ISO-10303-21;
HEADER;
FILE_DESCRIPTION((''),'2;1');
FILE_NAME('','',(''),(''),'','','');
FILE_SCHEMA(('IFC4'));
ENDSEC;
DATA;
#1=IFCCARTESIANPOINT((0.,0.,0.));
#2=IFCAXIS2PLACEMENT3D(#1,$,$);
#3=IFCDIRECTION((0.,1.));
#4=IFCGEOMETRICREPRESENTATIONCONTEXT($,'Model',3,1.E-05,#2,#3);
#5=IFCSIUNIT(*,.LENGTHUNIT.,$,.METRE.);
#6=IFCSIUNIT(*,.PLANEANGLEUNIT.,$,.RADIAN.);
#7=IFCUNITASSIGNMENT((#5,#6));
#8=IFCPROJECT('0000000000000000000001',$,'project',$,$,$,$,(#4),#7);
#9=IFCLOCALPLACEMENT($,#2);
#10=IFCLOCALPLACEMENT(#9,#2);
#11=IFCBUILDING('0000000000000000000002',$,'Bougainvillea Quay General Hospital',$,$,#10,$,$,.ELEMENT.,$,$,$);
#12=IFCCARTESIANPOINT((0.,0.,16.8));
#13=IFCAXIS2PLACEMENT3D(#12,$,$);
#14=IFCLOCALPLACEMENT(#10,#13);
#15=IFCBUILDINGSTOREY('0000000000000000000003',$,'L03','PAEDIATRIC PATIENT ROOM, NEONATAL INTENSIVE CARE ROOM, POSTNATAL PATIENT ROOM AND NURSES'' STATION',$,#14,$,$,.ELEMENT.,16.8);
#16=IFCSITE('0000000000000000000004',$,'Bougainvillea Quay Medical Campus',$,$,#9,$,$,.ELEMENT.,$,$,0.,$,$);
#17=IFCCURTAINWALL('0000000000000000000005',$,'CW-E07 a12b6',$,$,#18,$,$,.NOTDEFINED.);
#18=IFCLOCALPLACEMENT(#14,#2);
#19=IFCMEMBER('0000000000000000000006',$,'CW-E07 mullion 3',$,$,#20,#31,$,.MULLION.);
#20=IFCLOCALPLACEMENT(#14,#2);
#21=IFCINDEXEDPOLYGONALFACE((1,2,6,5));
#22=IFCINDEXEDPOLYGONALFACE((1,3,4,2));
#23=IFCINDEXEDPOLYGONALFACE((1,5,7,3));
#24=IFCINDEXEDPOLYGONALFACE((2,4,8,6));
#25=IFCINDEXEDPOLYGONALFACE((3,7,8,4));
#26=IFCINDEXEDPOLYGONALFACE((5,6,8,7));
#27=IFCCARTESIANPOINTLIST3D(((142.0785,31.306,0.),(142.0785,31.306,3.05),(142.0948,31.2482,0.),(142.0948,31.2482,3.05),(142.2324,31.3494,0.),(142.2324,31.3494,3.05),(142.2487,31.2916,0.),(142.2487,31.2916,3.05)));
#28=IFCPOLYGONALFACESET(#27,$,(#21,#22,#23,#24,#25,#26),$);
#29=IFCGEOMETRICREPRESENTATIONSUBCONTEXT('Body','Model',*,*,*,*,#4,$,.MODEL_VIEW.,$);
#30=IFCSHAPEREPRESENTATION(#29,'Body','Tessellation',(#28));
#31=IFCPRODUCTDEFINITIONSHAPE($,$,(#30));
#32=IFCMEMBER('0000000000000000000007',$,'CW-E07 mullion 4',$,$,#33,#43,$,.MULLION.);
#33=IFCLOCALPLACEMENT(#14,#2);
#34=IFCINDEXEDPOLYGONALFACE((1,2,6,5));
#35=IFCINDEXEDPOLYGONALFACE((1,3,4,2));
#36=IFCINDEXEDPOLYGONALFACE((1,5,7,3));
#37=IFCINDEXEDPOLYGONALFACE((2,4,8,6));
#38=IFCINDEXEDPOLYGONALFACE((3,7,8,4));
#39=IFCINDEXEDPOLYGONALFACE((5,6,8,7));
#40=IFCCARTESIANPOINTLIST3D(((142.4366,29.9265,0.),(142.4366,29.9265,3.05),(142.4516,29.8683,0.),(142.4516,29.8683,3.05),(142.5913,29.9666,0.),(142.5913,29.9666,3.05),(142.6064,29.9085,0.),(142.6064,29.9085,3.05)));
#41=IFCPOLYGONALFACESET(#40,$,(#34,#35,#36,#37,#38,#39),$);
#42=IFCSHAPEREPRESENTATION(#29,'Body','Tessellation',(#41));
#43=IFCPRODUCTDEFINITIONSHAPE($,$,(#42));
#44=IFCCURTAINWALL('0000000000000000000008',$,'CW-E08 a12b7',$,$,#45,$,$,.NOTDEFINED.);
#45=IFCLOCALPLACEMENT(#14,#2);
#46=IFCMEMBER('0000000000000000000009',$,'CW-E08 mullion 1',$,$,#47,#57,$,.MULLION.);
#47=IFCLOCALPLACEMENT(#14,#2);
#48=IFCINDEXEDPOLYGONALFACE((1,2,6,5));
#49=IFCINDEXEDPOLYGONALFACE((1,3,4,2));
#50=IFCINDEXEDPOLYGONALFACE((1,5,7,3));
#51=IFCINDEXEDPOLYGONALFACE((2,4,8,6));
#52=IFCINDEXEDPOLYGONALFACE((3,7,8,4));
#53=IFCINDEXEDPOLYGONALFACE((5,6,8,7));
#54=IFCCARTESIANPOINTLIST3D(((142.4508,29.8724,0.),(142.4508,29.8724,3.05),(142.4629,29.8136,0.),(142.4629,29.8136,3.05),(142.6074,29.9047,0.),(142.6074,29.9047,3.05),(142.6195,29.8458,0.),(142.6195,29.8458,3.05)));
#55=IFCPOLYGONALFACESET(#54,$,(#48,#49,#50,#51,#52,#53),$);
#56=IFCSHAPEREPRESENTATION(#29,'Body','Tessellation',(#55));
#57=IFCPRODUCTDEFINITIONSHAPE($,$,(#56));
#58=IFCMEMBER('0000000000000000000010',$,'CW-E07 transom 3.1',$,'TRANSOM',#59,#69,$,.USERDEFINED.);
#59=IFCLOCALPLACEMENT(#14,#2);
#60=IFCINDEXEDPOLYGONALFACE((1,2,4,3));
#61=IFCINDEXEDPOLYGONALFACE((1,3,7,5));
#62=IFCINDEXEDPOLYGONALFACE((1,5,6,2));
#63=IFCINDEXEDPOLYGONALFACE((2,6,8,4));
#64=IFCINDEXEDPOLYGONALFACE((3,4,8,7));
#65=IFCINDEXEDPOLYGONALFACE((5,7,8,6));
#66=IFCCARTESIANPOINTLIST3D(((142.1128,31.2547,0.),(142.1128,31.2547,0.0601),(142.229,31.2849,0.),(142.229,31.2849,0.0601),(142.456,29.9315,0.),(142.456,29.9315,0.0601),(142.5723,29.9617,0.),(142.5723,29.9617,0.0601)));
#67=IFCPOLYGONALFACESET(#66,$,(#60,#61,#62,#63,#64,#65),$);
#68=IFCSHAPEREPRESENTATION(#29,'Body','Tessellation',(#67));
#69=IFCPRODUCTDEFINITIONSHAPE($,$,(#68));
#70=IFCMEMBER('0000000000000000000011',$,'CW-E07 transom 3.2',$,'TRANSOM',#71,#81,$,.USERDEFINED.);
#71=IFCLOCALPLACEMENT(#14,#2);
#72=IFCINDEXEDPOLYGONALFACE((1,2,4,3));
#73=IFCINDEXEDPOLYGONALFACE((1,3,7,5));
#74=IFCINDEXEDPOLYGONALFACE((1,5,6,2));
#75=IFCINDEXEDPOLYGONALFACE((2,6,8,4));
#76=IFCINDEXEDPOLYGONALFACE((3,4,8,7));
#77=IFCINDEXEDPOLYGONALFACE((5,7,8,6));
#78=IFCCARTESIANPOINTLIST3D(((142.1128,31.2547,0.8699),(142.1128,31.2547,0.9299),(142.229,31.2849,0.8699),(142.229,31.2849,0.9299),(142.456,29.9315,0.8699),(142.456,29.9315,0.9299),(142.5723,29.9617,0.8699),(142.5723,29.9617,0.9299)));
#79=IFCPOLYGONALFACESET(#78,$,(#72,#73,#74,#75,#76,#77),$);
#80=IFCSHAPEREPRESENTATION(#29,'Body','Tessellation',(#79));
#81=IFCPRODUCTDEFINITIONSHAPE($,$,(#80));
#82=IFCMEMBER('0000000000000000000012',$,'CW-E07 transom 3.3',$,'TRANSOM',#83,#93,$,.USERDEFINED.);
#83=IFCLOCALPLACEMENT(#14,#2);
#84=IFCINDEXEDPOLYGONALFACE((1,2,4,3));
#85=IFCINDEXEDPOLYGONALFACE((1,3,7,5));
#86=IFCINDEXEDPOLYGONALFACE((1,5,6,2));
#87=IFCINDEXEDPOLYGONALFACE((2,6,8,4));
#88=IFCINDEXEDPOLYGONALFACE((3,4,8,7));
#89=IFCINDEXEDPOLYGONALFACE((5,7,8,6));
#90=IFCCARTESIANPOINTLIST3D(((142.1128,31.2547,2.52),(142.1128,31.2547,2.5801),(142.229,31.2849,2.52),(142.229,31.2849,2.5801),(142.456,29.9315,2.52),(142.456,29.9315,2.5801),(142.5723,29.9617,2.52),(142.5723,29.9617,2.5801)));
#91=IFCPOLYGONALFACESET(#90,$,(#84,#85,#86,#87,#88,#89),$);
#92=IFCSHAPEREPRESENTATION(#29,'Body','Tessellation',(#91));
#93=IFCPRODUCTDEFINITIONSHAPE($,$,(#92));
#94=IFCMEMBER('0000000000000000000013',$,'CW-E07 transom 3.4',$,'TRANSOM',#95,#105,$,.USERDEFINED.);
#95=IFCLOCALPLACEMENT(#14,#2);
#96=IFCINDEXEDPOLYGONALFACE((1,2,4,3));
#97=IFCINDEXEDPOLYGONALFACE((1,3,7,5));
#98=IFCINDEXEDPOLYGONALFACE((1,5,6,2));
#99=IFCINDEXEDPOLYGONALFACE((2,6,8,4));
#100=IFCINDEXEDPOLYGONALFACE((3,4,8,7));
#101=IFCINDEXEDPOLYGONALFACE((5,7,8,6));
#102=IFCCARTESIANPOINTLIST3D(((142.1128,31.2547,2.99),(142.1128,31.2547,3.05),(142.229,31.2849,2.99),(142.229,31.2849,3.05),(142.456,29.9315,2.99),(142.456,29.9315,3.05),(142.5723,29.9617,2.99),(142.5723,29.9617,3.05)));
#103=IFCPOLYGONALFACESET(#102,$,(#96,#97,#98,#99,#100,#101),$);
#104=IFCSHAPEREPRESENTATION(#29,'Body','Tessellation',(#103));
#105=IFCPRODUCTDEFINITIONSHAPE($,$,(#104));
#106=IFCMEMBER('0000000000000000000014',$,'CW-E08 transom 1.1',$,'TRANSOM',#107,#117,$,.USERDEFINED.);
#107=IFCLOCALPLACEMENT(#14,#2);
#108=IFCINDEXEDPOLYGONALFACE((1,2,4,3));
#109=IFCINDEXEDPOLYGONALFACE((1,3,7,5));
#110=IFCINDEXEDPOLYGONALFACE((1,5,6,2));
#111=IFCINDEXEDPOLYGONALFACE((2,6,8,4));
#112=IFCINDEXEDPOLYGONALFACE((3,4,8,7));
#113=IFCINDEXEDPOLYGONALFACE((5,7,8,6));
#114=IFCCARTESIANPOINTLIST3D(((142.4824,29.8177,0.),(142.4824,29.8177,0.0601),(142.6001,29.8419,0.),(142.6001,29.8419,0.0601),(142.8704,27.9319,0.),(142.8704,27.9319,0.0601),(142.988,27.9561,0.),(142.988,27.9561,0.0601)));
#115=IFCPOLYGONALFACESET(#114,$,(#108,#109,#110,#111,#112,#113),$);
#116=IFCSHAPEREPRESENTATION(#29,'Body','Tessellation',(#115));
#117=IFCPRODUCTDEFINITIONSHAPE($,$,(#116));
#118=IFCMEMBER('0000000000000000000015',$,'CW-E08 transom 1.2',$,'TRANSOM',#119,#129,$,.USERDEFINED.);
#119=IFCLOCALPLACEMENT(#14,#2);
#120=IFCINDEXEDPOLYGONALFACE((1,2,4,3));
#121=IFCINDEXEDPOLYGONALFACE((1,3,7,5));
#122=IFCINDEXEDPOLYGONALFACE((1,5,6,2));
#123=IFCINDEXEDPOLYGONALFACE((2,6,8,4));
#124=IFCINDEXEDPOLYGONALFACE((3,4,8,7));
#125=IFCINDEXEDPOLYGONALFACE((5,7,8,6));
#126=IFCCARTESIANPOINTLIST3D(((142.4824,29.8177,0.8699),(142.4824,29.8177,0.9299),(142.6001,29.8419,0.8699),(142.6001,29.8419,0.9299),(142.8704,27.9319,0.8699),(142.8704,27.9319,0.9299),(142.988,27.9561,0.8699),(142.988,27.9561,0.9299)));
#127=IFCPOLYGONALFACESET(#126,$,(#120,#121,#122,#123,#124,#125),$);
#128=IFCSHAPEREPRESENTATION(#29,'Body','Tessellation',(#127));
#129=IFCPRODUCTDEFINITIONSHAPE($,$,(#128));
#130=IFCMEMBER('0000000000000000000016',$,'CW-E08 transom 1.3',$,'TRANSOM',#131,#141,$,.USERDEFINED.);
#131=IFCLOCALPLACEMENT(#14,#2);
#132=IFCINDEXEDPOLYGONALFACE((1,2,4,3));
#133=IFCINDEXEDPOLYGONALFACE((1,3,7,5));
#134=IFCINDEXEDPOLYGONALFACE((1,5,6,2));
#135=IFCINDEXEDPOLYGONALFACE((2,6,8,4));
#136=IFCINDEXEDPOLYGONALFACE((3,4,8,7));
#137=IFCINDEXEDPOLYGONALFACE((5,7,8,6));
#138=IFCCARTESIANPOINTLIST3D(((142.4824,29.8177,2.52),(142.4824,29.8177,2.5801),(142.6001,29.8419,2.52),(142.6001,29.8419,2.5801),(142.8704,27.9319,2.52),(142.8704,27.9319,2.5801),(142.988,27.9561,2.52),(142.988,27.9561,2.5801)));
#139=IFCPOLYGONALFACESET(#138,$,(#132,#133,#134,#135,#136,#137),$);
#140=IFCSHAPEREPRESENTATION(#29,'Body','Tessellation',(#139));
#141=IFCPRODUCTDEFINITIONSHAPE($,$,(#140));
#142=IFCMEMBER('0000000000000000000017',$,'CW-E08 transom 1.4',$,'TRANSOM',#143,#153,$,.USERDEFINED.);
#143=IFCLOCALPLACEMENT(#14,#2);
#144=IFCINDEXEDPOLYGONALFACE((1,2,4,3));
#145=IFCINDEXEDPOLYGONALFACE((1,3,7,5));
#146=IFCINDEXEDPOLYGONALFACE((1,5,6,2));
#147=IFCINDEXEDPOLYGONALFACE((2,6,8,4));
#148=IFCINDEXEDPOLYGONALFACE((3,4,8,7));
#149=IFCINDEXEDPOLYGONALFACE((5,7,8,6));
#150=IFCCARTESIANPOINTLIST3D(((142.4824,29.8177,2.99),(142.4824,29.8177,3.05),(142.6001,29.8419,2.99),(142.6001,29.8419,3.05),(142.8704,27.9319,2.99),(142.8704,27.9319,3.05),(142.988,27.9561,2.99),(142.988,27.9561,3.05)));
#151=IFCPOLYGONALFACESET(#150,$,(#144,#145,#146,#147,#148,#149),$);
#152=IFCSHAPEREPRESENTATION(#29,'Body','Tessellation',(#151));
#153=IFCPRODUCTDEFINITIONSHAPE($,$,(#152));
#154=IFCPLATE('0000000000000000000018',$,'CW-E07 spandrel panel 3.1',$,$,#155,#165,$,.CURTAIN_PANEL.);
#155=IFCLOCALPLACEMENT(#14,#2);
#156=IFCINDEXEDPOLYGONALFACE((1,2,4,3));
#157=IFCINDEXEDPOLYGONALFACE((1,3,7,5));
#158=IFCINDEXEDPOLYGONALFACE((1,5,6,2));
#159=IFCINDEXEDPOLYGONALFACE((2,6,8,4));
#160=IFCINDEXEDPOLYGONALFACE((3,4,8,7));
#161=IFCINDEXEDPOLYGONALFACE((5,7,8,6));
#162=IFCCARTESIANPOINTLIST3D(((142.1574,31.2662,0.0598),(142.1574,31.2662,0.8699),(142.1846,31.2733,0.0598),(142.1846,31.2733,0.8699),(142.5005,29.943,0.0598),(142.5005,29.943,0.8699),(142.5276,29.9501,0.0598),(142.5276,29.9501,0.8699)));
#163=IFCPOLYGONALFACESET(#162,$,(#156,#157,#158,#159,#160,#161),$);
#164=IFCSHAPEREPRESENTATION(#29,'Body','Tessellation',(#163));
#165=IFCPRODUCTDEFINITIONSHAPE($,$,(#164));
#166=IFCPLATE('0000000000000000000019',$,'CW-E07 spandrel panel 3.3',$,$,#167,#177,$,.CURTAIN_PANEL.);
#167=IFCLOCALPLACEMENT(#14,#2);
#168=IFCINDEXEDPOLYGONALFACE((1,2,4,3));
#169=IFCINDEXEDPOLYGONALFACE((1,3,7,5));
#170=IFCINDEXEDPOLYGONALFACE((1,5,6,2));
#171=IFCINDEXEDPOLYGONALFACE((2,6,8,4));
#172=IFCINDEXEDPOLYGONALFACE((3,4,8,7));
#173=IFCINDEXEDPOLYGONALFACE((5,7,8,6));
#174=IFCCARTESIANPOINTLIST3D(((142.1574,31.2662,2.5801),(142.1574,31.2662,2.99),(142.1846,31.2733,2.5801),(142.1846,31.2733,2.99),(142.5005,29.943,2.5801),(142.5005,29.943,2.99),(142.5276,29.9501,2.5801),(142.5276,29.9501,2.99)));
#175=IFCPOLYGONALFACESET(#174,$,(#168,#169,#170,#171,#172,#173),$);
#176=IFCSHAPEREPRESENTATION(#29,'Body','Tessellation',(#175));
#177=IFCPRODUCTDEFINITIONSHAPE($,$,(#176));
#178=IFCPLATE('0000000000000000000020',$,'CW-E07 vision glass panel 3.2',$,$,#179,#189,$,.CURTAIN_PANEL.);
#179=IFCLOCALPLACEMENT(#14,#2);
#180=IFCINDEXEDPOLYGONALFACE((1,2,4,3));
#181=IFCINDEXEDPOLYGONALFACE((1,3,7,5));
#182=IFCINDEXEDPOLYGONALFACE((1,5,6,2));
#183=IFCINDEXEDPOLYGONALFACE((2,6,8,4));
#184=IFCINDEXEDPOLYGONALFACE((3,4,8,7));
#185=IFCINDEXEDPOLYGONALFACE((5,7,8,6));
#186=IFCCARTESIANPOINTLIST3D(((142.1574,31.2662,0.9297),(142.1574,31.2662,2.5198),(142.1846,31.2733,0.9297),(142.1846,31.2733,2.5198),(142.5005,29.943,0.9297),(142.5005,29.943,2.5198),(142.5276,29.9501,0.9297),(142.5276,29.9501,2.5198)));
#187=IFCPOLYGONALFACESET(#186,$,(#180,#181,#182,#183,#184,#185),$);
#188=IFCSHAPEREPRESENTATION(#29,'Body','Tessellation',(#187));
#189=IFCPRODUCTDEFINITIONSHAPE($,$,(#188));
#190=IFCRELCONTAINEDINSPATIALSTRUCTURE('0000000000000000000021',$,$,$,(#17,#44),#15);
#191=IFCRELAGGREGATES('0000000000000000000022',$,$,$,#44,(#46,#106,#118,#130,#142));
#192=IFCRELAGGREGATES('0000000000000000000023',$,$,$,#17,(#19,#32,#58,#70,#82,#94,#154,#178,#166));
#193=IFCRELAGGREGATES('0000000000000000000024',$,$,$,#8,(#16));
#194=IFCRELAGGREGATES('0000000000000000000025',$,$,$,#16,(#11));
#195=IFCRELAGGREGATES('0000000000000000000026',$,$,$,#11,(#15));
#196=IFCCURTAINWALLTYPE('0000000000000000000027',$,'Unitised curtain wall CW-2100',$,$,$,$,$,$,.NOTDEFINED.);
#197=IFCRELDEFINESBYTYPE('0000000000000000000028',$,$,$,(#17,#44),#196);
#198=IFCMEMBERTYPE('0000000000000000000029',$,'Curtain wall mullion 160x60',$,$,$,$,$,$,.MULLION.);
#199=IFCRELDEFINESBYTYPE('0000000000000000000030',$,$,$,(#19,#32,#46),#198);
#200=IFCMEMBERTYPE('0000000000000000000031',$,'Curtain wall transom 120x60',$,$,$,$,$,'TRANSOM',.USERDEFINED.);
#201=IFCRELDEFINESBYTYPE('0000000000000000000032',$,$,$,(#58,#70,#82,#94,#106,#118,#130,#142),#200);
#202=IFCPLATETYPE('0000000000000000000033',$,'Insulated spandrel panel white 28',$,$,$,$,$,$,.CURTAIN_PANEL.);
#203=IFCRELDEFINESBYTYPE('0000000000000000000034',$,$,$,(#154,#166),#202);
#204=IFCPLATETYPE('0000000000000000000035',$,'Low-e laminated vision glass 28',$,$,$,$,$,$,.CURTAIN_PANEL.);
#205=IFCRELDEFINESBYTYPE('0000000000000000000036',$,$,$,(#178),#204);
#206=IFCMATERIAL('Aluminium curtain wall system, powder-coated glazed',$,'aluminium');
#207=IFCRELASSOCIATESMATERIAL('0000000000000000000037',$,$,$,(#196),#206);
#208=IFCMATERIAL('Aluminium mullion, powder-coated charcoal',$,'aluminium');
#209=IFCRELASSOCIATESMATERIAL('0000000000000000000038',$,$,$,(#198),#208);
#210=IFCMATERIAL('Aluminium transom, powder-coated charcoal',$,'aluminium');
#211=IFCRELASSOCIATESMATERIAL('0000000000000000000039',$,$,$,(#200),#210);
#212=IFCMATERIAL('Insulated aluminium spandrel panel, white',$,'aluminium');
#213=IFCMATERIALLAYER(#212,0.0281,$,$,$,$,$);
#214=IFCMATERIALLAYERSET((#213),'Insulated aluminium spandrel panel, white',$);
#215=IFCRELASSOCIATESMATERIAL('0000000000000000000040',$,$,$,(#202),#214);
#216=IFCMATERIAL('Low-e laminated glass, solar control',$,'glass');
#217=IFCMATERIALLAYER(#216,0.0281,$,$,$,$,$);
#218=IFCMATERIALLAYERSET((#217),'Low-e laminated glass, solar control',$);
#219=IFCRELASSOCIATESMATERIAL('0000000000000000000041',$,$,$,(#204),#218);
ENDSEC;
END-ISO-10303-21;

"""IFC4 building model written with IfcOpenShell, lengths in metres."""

from ifc_helpers import new_model, si_unit, direction, frame, origin, origin_2d, place, context, subcontext, project, spatial, rectangle, extrude, material, layer, layer_set, material_profile, profile_set, type_object, element, aggregate, save


model = new_model("IFC4")

# Units and contexts
model_context = context("Model", 3, precision=1e-05, world=origin(), true_north=direction((0.0, 1.0)))
body_context = subcontext(model_context, "Body", "Model", "MODEL_VIEW")
ifc_project = project(units=[si_unit("LENGTHUNIT", "METRE"), si_unit("PLANEANGLEUNIT", "RADIAN")], contexts=[model_context])

# Site, building, storey
site_placement = place(None, origin())
site = spatial("IfcSite", under=ifc_project, at=site_placement, Name="Bougainvillea Quay Medical Campus", CompositionType="ELEMENT", RefElevation=0.0)
building_placement = place(site_placement, origin())
building = spatial("IfcBuilding", under=site, at=building_placement, Name="Bougainvillea Quay General Hospital", CompositionType="ELEMENT")
storey_placement = place(building_placement, frame((0.0, 0.0, 16.8)))
storey = spatial("IfcBuildingStorey", under=building, at=storey_placement, Name="L03", Description="PAEDIATRIC PATIENT ROOM, NEONATAL INTENSIVE CARE ROOM, POSTNATAL PATIENT ROOM AND NURSES' STATION", CompositionType="ELEMENT", Elevation=16.8)

# Curtain wall, members
ifc_material_1 = material(Name="Aluminium curtain wall system, powder-coated glazed", Category="aluminium")
curtain_wall_type = type_object("IfcCurtainWallType", Name="Unitised curtain wall CW-2100", PredefinedType="NOTDEFINED", material=ifc_material_1)
curtain_wall_1_placement = place(storey_placement, origin())
curtain_wall_1 = element("IfcCurtainWall", 1, at=curtain_wall_1_placement, inside=storey, type_object=curtain_wall_type, Name="CW-E07 a12b6", PredefinedType="NOTDEFINED")
ifc_material_2 = material(Name="Aluminium mullion, powder-coated charcoal", Category="aluminium")
ifc_material_profile_1 = material_profile(ifc_material_2, rectangle(XDim=0.1599, YDim=0.0601, at=origin_2d()))
ifc_profile_set_1 = profile_set([ifc_material_profile_1], Name="Aluminium mullion, powder-coated charcoal")
member_type_1 = type_object("IfcMemberType", Name="Curtain wall mullion 160x60", PredefinedType="MULLION", material=ifc_profile_set_1)
member_1_placement = place(storey_placement, frame((142.1636, 31.2988, 0.0), z_axis=(0.0, 0.0, 1.0), x_axis=(0.962439, 0.271496, 0.0)))
member_1 = element("IfcMember", 2, at=member_1_placement, type_object=member_type_1, Name="CW-E07 mullion 3", PredefinedType="MULLION", context=body_context, shape_type="SweptSolid", body=[
    extrude(rectangle(XDim=0.1599, YDim=0.0601, at=origin_2d()), origin(), (0.0, 0.0, 1.0), 3.05),
])
member_2_placement = place(storey_placement, frame((142.5215, 29.9175, 0.0), z_axis=(0.0, 0.0, 1.0), x_axis=(0.967996, 0.250966, 0.0)))
member_2 = element("IfcMember", 3, at=member_2_placement, type_object=member_type_1, Name="CW-E07 mullion 4", PredefinedType="MULLION", context=body_context, shape_type="SweptSolid", body=[
    extrude(rectangle(XDim=0.1599, YDim=0.0601, at=origin_2d()), origin(), (0.0, 0.0, 1.0), 3.05),
])

# Curtain wall, member
curtain_wall_2_placement = place(storey_placement, origin())
curtain_wall_2 = element("IfcCurtainWall", 4, at=curtain_wall_2_placement, inside=storey, type_object=curtain_wall_type, Name="CW-E08 a12b7", PredefinedType="NOTDEFINED")
member_3_placement = place(storey_placement, frame((142.5352, 29.8591, 0.0), z_axis=(0.0, 0.0, 1.0), x_axis=(0.979469, 0.201595, 0.0)))
member_3 = element("IfcMember", 5, at=member_3_placement, type_object=member_type_1, Name="CW-E08 mullion 1", PredefinedType="MULLION", context=body_context, shape_type="SweptSolid", body=[
    extrude(rectangle(XDim=0.1599, YDim=0.0601, at=origin_2d()), origin(), (0.0, 0.0, 1.0), 3.05),
])

# Members
ifc_material_3 = material(Name="Aluminium transom, powder-coated charcoal", Category="aluminium")
ifc_material_profile_2 = material_profile(ifc_material_3, rectangle(XDim=0.1201, YDim=0.0601, at=origin_2d()))
ifc_profile_set_2 = profile_set([ifc_material_profile_2], Name="Aluminium transom, powder-coated charcoal")
member_type_2 = type_object("IfcMemberType", Name="Curtain wall transom 120x60", ElementType="TRANSOM", PredefinedType="USERDEFINED", material=ifc_profile_set_2)
member_4_placement = place(storey_placement, frame((142.1709, 31.2698, 0.03), z_axis=(0.251099, -0.967962, 0.0), x_axis=(0.967962, 0.251099, 0.0)))
member_4 = element("IfcMember", 6, at=member_4_placement, type_object=member_type_2, Name="CW-E07 transom 3.1", ObjectType="TRANSOM", PredefinedType="USERDEFINED", context=body_context, shape_type="SweptSolid", body=[
    extrude(rectangle(XDim=0.1201, YDim=0.0601, at=origin_2d()), origin(), (0.0, 0.0, 1.0), 1.3669),
])
member_5_placement = place(storey_placement, frame((142.1709, 31.2698, 0.8999), z_axis=(0.251099, -0.967962, 0.0), x_axis=(0.967962, 0.251099, 0.0)))
member_5 = element("IfcMember", 7, at=member_5_placement, type_object=member_type_2, Name="CW-E07 transom 3.2", ObjectType="TRANSOM", PredefinedType="USERDEFINED", context=body_context, shape_type="SweptSolid", body=[
    extrude(rectangle(XDim=0.1201, YDim=0.0601, at=origin_2d()), origin(), (0.0, 0.0, 1.0), 1.3669),
])
member_6_placement = place(storey_placement, frame((142.1709, 31.2698, 2.55), z_axis=(0.251099, -0.967962, 0.0), x_axis=(0.967962, 0.251099, 0.0)))
member_6 = element("IfcMember", 8, at=member_6_placement, type_object=member_type_2, Name="CW-E07 transom 3.3", ObjectType="TRANSOM", PredefinedType="USERDEFINED", context=body_context, shape_type="SweptSolid", body=[
    extrude(rectangle(XDim=0.1201, YDim=0.0601, at=origin_2d()), origin(), (0.0, 0.0, 1.0), 1.3669),
])
member_7_placement = place(storey_placement, frame((142.1709, 31.2698, 3.02), z_axis=(0.251099, -0.967962, 0.0), x_axis=(0.967962, 0.251099, 0.0)))
member_7 = element("IfcMember", 9, at=member_7_placement, type_object=member_type_2, Name="CW-E07 transom 3.4", ObjectType="TRANSOM", PredefinedType="USERDEFINED", context=body_context, shape_type="SweptSolid", body=[
    extrude(rectangle(XDim=0.1201, YDim=0.0601, at=origin_2d()), origin(), (0.0, 0.0, 1.0), 1.3669),
])
member_8_placement = place(storey_placement, frame((142.5413, 29.8298, 0.03), z_axis=(0.201503, -0.979488, 0.0), x_axis=(0.979488, 0.201503, 0.0)))
member_8 = element("IfcMember", 10, at=member_8_placement, type_object=member_type_2, Name="CW-E08 transom 1.1", ObjectType="TRANSOM", PredefinedType="USERDEFINED", context=body_context, shape_type="SweptSolid", body=[
    extrude(rectangle(XDim=0.1201, YDim=0.0601, at=origin_2d()), origin(), (0.0, 0.0, 1.0), 1.9253),
])
member_9_placement = place(storey_placement, frame((142.5413, 29.8298, 0.8999), z_axis=(0.201503, -0.979488, 0.0), x_axis=(0.979488, 0.201503, 0.0)))
member_9 = element("IfcMember", 11, at=member_9_placement, type_object=member_type_2, Name="CW-E08 transom 1.2", ObjectType="TRANSOM", PredefinedType="USERDEFINED", context=body_context, shape_type="SweptSolid", body=[
    extrude(rectangle(XDim=0.1201, YDim=0.0601, at=origin_2d()), origin(), (0.0, 0.0, 1.0), 1.9253),
])
member_10_placement = place(storey_placement, frame((142.5413, 29.8298, 2.55), z_axis=(0.201503, -0.979488, 0.0), x_axis=(0.979488, 0.201503, 0.0)))
member_10 = element("IfcMember", 12, at=member_10_placement, type_object=member_type_2, Name="CW-E08 transom 1.3", ObjectType="TRANSOM", PredefinedType="USERDEFINED", context=body_context, shape_type="SweptSolid", body=[
    extrude(rectangle(XDim=0.1201, YDim=0.0601, at=origin_2d()), origin(), (0.0, 0.0, 1.0), 1.9253),
])
member_11_placement = place(storey_placement, frame((142.5413, 29.8298, 3.02), z_axis=(0.201503, -0.979488, 0.0), x_axis=(0.979488, 0.201503, 0.0)))
member_11 = element("IfcMember", 13, at=member_11_placement, type_object=member_type_2, Name="CW-E08 transom 1.4", ObjectType="TRANSOM", PredefinedType="USERDEFINED", context=body_context, shape_type="SweptSolid", body=[
    extrude(rectangle(XDim=0.1201, YDim=0.0601, at=origin_2d()), origin(), (0.0, 0.0, 1.0), 1.9253),
])
aggregate(curtain_wall_2, [member_3, member_8, member_9, member_10, member_11])

# Plates
ifc_material_4 = material(Name="Insulated aluminium spandrel panel, white", Category="aluminium")
ifc_layer_1 = layer(ifc_material_4, 0.0281)
ifc_layer_set_1 = layer_set([ifc_layer_1], Name="Insulated aluminium spandrel panel, white")
plate_type_1 = type_object("IfcPlateType", Name="Insulated spandrel panel white 28", PredefinedType="CURTAIN_PANEL", material=ifc_layer_set_1)
plate_1_placement = place(storey_placement, frame((142.3425, 30.6082, 0.0598), z_axis=(0.0, 0.0, 1.0), x_axis=(0.250966, -0.967996, 0.0)))
plate_1 = element("IfcPlate", 14, at=plate_1_placement, type_object=plate_type_1, Name="CW-E07 spandrel panel 3.1", PredefinedType="CURTAIN_PANEL", context=body_context, shape_type="SweptSolid", body=[
    extrude(rectangle(XDim=1.3669, YDim=0.0281, at=origin_2d()), origin(), (0.0, 0.0, 1.0), 0.8101),
])
plate_2_placement = place(storey_placement, frame((142.3425, 30.6082, 2.5801), z_axis=(0.0, 0.0, 1.0), x_axis=(0.250966, -0.967996, 0.0)))
plate_2 = element("IfcPlate", 15, at=plate_2_placement, type_object=plate_type_1, Name="CW-E07 spandrel panel 3.3", PredefinedType="CURTAIN_PANEL", context=body_context, shape_type="SweptSolid", body=[
    extrude(rectangle(XDim=1.3669, YDim=0.0281, at=origin_2d()), origin(), (0.0, 0.0, 1.0), 0.4099),
])
ifc_material_5 = material(Name="Low-e laminated glass, solar control", Category="glass")
ifc_layer_2 = layer(ifc_material_5, 0.0281)
ifc_layer_set_2 = layer_set([ifc_layer_2], Name="Low-e laminated glass, solar control")
plate_type_2 = type_object("IfcPlateType", Name="Low-e laminated vision glass 28", PredefinedType="CURTAIN_PANEL", material=ifc_layer_set_2)
plate_3_placement = place(storey_placement, frame((142.3425, 30.6082, 0.9297), z_axis=(0.0, 0.0, 1.0), x_axis=(0.250966, -0.967996, 0.0)))
plate_3 = element("IfcPlate", 16, at=plate_3_placement, type_object=plate_type_2, Name="CW-E07 vision glass panel 3.2", PredefinedType="CURTAIN_PANEL", context=body_context, shape_type="SweptSolid", body=[
    extrude(rectangle(XDim=1.3669, YDim=0.0281, at=origin_2d()), origin(), (0.0, 0.0, 1.0), 1.5901),
])
aggregate(curtain_wall_1, [member_1, member_2, member_4, member_5, member_6, member_7, plate_1, plate_3, plate_2])

save(model, "model.ifc")
